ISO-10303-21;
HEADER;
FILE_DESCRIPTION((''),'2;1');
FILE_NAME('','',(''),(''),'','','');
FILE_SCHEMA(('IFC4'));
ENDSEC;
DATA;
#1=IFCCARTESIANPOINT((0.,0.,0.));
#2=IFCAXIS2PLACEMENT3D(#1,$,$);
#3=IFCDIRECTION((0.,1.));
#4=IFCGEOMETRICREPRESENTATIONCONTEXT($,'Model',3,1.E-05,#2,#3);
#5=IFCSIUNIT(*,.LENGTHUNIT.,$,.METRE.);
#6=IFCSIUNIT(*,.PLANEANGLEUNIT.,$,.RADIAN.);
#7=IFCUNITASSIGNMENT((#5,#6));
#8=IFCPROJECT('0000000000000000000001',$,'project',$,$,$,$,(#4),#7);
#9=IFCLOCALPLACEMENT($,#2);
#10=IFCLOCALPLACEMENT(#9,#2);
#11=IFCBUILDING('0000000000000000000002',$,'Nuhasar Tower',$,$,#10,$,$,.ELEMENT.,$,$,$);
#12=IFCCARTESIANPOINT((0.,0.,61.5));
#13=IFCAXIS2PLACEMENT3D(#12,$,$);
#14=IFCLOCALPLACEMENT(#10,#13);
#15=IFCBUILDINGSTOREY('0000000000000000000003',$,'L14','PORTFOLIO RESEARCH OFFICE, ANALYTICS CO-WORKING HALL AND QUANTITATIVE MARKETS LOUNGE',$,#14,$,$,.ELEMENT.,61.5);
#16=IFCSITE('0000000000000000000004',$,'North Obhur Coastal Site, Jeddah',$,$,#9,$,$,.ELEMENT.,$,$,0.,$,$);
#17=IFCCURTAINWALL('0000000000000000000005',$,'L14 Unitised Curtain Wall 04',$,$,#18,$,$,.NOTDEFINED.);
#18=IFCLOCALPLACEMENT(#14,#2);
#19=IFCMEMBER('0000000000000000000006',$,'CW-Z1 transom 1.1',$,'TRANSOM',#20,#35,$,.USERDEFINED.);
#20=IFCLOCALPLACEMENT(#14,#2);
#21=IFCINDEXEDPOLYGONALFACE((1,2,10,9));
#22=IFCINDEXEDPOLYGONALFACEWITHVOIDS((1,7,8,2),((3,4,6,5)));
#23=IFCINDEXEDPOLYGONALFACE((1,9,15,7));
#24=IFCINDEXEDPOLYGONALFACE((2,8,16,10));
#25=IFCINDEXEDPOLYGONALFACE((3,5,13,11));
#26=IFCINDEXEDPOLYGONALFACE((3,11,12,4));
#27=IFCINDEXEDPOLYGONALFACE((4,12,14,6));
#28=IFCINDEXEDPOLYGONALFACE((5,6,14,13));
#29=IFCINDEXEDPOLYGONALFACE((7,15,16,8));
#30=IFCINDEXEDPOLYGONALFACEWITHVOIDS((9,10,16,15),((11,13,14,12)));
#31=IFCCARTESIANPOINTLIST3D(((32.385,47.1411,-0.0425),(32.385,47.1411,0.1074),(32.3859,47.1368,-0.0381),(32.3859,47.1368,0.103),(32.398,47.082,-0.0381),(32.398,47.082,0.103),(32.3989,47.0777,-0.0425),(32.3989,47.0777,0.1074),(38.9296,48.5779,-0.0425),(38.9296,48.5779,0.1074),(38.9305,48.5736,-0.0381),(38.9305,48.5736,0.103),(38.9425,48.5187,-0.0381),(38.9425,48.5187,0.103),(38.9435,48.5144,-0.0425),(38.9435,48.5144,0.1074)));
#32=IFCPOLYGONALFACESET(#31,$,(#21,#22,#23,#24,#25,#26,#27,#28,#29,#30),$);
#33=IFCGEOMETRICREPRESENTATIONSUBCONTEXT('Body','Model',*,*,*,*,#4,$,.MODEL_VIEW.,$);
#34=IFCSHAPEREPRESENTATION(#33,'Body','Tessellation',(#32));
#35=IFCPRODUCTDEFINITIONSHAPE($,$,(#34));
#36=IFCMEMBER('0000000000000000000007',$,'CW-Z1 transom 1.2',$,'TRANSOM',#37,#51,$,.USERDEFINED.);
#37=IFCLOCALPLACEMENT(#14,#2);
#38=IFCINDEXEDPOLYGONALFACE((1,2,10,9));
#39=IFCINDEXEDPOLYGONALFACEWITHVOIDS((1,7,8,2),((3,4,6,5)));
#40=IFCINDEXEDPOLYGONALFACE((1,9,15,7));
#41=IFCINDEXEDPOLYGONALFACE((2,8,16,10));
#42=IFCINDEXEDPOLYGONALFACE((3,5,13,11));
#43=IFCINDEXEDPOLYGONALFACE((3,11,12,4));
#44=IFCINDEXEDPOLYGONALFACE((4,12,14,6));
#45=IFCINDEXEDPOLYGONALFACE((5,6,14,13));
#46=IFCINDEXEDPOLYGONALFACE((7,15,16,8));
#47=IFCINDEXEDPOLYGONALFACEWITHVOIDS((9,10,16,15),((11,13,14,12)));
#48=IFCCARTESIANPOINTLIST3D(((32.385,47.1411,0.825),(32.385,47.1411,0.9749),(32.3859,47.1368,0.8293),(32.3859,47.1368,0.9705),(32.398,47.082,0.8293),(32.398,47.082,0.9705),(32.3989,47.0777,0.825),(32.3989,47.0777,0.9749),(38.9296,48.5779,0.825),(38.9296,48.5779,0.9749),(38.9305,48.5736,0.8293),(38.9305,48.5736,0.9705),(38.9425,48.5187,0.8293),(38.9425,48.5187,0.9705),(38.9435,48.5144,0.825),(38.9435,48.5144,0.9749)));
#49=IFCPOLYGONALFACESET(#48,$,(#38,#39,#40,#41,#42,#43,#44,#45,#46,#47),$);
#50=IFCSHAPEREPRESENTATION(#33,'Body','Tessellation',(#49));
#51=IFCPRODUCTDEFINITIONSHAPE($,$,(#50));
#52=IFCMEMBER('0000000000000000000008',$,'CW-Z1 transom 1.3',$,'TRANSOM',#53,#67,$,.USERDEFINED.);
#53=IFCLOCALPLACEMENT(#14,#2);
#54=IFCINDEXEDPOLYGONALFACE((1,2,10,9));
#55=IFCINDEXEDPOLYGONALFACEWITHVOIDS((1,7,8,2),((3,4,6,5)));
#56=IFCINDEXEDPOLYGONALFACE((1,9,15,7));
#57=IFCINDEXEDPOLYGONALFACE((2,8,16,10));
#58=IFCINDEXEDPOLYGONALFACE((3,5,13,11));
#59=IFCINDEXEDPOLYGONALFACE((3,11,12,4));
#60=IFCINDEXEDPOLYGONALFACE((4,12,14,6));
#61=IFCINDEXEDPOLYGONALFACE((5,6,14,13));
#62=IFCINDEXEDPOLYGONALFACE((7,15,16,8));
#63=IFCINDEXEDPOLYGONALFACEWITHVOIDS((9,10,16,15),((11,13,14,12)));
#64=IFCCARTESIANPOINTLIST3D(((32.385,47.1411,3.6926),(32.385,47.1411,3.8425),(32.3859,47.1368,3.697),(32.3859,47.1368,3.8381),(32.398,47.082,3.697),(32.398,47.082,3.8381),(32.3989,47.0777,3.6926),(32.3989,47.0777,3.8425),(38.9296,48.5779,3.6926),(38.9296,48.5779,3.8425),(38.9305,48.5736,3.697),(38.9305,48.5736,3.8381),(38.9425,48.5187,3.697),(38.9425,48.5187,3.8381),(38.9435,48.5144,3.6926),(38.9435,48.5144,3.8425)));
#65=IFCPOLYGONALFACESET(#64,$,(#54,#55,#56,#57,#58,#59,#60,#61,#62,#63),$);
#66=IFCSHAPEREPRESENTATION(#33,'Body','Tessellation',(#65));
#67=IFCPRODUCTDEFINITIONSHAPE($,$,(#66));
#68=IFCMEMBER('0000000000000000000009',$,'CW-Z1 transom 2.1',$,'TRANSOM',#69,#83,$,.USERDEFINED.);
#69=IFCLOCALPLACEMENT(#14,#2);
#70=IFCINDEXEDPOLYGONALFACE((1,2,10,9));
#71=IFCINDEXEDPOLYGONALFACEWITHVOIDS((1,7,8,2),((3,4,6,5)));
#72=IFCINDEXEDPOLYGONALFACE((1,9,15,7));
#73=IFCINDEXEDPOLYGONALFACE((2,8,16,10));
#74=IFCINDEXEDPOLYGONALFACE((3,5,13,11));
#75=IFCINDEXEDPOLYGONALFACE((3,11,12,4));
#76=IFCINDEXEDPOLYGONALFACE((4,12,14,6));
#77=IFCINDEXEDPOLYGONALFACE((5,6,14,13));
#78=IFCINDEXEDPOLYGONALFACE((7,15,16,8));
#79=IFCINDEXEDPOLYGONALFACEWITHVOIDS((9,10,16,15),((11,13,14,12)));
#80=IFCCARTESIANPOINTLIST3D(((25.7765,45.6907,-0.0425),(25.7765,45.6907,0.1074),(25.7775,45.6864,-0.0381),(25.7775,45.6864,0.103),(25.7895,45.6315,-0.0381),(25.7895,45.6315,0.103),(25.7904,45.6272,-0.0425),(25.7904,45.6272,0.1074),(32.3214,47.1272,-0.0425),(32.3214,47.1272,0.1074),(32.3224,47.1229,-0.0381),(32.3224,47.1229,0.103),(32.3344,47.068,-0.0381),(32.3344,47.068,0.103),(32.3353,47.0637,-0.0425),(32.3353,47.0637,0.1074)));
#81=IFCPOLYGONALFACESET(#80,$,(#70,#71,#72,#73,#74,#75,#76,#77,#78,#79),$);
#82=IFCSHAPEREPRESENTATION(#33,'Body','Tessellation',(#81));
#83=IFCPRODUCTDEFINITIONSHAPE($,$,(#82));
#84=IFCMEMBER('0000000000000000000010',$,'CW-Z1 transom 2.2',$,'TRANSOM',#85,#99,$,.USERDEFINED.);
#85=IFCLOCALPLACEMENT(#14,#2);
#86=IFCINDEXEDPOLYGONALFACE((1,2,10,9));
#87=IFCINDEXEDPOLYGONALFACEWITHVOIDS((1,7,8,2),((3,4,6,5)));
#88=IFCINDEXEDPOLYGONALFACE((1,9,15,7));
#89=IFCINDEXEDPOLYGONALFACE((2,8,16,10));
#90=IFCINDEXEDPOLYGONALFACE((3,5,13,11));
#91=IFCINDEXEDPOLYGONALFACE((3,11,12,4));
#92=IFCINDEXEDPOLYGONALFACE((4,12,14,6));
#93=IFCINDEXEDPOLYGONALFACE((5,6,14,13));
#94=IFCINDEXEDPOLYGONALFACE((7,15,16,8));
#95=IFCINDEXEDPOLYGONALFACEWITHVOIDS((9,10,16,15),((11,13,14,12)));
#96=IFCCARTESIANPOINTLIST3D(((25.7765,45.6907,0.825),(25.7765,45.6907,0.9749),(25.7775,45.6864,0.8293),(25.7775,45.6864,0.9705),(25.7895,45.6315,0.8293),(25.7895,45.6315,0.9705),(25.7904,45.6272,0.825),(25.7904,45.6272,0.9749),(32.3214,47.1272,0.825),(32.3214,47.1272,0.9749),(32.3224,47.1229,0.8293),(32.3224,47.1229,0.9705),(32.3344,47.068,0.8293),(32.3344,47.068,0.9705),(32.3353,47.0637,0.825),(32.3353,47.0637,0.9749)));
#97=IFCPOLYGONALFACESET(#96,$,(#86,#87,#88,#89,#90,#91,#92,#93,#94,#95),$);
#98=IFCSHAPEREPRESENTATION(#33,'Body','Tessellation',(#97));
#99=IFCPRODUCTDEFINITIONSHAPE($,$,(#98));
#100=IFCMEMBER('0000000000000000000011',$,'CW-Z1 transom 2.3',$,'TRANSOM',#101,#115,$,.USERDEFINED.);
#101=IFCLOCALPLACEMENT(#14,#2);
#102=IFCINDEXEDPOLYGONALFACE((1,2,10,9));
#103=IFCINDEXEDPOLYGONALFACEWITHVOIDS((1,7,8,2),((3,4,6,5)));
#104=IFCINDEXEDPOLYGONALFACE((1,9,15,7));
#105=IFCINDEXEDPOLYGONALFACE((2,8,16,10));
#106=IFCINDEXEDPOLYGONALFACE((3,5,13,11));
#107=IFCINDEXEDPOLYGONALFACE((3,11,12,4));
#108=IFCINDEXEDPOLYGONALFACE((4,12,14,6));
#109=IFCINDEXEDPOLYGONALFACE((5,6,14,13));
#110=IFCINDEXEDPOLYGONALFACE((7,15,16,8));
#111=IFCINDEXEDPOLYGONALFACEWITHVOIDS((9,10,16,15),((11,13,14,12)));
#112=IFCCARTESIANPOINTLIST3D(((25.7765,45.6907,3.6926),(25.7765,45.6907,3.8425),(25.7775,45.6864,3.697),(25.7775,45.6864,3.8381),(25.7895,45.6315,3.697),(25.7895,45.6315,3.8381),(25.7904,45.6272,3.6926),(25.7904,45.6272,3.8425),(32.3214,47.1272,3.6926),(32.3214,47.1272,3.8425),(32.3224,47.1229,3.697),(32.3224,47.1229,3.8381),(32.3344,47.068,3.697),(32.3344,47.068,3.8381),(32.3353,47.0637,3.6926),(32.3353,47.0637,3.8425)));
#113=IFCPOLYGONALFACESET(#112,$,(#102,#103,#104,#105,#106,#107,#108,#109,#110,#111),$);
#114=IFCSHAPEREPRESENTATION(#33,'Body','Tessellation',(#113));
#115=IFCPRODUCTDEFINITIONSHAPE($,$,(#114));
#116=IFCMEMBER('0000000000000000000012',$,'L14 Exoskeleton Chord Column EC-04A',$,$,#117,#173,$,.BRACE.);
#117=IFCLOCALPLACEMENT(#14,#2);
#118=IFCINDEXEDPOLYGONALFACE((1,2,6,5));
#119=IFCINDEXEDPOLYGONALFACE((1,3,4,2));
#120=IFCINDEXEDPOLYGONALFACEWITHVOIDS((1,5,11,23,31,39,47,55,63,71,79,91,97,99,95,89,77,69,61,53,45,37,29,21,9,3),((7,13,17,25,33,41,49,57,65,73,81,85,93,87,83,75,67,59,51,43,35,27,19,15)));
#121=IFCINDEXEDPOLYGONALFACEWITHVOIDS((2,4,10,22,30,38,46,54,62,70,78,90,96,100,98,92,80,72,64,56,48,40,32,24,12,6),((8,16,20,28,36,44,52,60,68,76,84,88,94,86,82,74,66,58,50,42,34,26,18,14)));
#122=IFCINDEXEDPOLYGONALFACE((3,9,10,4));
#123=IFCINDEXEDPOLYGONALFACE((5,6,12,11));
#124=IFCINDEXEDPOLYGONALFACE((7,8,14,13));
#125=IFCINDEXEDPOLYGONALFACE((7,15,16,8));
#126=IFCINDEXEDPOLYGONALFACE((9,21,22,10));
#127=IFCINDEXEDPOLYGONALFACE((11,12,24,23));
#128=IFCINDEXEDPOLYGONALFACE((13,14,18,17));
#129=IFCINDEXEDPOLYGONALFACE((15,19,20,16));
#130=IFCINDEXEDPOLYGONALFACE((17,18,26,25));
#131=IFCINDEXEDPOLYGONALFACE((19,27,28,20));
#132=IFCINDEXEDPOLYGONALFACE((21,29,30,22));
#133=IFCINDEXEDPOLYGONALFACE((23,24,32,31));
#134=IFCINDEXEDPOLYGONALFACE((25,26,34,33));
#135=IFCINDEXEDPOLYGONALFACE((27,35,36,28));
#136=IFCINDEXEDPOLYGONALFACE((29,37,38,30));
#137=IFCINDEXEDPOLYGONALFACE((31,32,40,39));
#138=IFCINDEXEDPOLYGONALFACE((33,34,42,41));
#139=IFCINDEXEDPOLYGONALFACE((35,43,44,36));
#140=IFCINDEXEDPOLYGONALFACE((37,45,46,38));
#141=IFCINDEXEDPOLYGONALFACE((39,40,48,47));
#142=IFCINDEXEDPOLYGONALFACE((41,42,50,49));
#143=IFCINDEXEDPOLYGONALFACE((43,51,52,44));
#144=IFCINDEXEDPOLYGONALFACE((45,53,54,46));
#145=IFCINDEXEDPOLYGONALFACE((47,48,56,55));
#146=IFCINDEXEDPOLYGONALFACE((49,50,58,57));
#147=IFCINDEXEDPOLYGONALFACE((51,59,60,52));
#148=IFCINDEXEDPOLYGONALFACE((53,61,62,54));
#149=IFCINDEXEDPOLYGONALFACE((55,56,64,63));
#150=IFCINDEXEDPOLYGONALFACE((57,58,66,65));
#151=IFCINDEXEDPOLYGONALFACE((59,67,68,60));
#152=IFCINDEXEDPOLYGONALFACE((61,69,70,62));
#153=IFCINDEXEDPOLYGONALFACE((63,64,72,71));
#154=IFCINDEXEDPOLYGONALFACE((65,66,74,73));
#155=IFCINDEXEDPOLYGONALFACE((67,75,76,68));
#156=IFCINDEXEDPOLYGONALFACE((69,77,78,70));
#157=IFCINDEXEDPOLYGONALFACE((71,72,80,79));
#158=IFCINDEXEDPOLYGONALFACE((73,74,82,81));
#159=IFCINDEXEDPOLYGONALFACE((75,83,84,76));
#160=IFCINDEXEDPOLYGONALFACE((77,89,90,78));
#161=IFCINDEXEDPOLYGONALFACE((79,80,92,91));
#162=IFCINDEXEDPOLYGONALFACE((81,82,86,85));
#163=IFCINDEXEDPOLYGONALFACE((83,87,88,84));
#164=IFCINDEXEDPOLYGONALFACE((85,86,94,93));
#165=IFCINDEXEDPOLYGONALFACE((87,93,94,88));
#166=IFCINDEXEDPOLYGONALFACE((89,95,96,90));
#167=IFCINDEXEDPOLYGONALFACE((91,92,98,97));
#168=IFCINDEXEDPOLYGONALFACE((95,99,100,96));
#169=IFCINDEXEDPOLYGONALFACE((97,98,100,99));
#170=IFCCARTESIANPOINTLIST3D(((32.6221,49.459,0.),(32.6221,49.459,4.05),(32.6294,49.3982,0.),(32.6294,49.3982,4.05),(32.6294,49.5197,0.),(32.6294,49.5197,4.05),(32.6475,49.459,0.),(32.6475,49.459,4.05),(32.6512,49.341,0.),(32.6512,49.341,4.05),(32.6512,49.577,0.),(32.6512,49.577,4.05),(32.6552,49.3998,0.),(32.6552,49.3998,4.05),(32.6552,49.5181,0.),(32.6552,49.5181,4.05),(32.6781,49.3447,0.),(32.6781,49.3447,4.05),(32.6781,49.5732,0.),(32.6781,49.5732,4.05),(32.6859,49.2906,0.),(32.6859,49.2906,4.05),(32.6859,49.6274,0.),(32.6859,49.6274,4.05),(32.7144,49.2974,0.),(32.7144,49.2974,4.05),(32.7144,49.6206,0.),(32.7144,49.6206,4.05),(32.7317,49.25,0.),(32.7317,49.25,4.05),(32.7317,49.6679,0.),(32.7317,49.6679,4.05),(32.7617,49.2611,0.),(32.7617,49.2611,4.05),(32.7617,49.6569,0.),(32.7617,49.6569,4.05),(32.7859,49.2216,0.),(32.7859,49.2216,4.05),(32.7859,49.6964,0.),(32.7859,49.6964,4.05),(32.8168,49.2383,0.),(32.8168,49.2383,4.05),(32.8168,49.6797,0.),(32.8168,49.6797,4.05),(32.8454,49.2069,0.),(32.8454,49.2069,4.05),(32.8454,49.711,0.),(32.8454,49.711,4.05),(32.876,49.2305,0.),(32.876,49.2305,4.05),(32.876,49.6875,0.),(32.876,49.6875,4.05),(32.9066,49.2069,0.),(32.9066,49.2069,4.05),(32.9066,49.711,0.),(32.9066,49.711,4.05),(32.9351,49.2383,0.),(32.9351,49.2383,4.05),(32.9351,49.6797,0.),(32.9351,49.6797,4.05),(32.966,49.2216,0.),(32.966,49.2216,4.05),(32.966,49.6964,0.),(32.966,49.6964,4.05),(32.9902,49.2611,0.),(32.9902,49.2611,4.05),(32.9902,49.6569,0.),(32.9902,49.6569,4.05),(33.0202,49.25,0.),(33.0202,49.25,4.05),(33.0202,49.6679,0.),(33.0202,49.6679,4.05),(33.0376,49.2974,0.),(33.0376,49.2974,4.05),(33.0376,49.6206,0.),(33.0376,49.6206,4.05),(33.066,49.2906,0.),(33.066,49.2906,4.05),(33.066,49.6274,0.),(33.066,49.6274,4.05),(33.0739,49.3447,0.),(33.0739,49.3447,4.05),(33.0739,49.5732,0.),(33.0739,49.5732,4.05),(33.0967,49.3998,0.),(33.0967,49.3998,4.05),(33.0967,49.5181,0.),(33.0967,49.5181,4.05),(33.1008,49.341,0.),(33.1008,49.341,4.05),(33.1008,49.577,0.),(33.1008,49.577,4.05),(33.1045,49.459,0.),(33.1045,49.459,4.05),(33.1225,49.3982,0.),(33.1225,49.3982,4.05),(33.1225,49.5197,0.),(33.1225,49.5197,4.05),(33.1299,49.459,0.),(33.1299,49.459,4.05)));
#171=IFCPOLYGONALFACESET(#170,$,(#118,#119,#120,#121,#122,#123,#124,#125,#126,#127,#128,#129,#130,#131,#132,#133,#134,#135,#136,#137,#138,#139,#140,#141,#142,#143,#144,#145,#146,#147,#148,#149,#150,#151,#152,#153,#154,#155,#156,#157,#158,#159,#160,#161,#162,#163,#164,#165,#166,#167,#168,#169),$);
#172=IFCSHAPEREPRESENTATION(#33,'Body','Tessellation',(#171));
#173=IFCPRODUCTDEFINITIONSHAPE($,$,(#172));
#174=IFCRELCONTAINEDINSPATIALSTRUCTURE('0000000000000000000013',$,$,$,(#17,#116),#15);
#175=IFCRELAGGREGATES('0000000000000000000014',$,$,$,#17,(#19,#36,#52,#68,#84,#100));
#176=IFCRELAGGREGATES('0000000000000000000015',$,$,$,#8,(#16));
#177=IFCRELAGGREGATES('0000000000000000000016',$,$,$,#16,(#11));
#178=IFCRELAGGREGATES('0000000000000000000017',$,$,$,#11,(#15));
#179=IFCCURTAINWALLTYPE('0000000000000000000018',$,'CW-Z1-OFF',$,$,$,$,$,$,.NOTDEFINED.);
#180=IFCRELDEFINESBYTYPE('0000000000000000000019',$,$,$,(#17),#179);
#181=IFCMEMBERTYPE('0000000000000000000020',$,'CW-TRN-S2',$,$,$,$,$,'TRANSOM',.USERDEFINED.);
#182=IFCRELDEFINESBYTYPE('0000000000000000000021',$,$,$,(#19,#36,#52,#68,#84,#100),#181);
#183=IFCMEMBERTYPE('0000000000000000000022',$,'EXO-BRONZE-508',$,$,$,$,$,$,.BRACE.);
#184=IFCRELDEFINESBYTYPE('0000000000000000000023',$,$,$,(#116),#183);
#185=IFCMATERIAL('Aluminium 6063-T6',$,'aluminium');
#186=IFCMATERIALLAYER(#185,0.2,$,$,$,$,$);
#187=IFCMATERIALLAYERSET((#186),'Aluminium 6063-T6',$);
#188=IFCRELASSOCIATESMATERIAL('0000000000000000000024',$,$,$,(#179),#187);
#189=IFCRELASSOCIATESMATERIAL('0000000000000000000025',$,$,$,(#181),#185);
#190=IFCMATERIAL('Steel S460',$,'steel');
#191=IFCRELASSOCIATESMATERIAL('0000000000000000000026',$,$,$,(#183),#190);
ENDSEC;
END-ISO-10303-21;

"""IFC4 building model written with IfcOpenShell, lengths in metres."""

from ifc_helpers import new_model, si_unit, direction, frame, origin, origin_2d, place, context, subcontext, project, spatial, hollow_rectangle, hollow_circle, extrude, material, layer, layer_set, material_profile, profile_set, type_object, element, aggregate, save


model = new_model("IFC4")

# Units and contexts
model_context = context("Model", 3, precision=1e-05, world=origin(), true_north=direction((0.0, 1.0)))
body_context = subcontext(model_context, "Body", "Model", "MODEL_VIEW")
ifc_project = project(units=[si_unit("LENGTHUNIT", "METRE"), si_unit("PLANEANGLEUNIT", "RADIAN")], contexts=[model_context])

# Site, building, storey
site_placement = place(None, origin())
site = spatial("IfcSite", under=ifc_project, at=site_placement, Name="North Obhur Coastal Site, Jeddah", CompositionType="ELEMENT", RefElevation=0.0)
building_placement = place(site_placement, origin())
building = spatial("IfcBuilding", under=site, at=building_placement, Name="Nuhasar Tower", CompositionType="ELEMENT")
storey_placement = place(building_placement, frame((0.0, 0.0, 61.5)))
storey = spatial("IfcBuildingStorey", under=building, at=storey_placement, Name="L14", Description="PORTFOLIO RESEARCH OFFICE, ANALYTICS CO-WORKING HALL AND QUANTITATIVE MARKETS LOUNGE", CompositionType="ELEMENT", Elevation=61.5)

# Curtain wall, members
ifc_material_1 = material(Name="Aluminium 6063-T6", Category="aluminium")
ifc_layer_1 = layer(ifc_material_1, 0.2)
ifc_layer_set_1 = layer_set([ifc_layer_1], Name="Aluminium 6063-T6")
curtain_wall_type = type_object("IfcCurtainWallType", Name="CW-Z1-OFF", PredefinedType="NOTDEFINED", material=ifc_layer_set_1)
curtain_wall_placement = place(storey_placement, origin())
curtain_wall = element("IfcCurtainWall", 1, at=curtain_wall_placement, inside=storey, type_object=curtain_wall_type, Name="L14 Unitised Curtain Wall 04", PredefinedType="NOTDEFINED")
ifc_material_profile_1 = material_profile(ifc_material_1, hollow_rectangle(XDim=0.0649, YDim=0.1499, WallThickness=0.0044, at=origin_2d()), Name="CWT-2")
ifc_profile_set_1 = profile_set([ifc_material_profile_1], Name="Aluminium 6063-T6")
member_type_1 = type_object("IfcMemberType", Name="CW-TRN-S2", ElementType="TRANSOM", PredefinedType="USERDEFINED", material=ifc_profile_set_1)
member_1_placement = place(storey_placement, frame((38.9365, 48.5461, 0.0325), z_axis=(-0.97674, -0.214426, 0.0), x_axis=(0.214426, -0.97674, 0.0)))
member_1 = element("IfcMember", 2, at=member_1_placement, type_object=member_type_1, Name="CW-Z1 transom 1.1", ObjectType="TRANSOM", PredefinedType="USERDEFINED", context=body_context, shape_type="SweptSolid", body=[
    extrude(hollow_rectangle(XDim=0.0649, YDim=0.1499, WallThickness=0.0044, at=origin_2d()), origin(), (0.0, 0.0, 1.0), 6.7004),
])
member_2_placement = place(storey_placement, frame((38.9365, 48.5461, 0.8999), z_axis=(-0.97674, -0.214426, 0.0), x_axis=(0.214426, -0.97674, 0.0)))
member_2 = element("IfcMember", 3, at=member_2_placement, type_object=member_type_1, Name="CW-Z1 transom 1.2", ObjectType="TRANSOM", PredefinedType="USERDEFINED", context=body_context, shape_type="SweptSolid", body=[
    extrude(hollow_rectangle(XDim=0.0649, YDim=0.1499, WallThickness=0.0044, at=origin_2d()), origin(), (0.0, 0.0, 1.0), 6.7004),
])
member_3_placement = place(storey_placement, frame((38.9365, 48.5461, 3.7676), z_axis=(-0.97674, -0.214426, 0.0), x_axis=(0.214426, -0.97674, 0.0)))
member_3 = element("IfcMember", 4, at=member_3_placement, type_object=member_type_1, Name="CW-Z1 transom 1.3", ObjectType="TRANSOM", PredefinedType="USERDEFINED", context=body_context, shape_type="SweptSolid", body=[
    extrude(hollow_rectangle(XDim=0.0649, YDim=0.1499, WallThickness=0.0044, at=origin_2d()), origin(), (0.0, 0.0, 1.0), 6.7004),
])
member_4_placement = place(storey_placement, frame((32.3284, 47.0955, 0.0325), z_axis=(-0.97675, -0.214384, 0.0), x_axis=(0.214384, -0.97675, 0.0)))
member_4 = element("IfcMember", 5, at=member_4_placement, type_object=member_type_1, Name="CW-Z1 transom 2.1", ObjectType="TRANSOM", PredefinedType="USERDEFINED", context=body_context, shape_type="SweptSolid", body=[
    extrude(hollow_rectangle(XDim=0.0649, YDim=0.1499, WallThickness=0.0044, at=origin_2d()), origin(), (0.0, 0.0, 1.0), 6.7007),
])
member_5_placement = place(storey_placement, frame((32.3284, 47.0955, 0.8999), z_axis=(-0.97675, -0.214384, 0.0), x_axis=(0.214384, -0.97675, 0.0)))
member_5 = element("IfcMember", 6, at=member_5_placement, type_object=member_type_1, Name="CW-Z1 transom 2.2", ObjectType="TRANSOM", PredefinedType="USERDEFINED", context=body_context, shape_type="SweptSolid", body=[
    extrude(hollow_rectangle(XDim=0.0649, YDim=0.1499, WallThickness=0.0044, at=origin_2d()), origin(), (0.0, 0.0, 1.0), 6.7007),
])
member_6_placement = place(storey_placement, frame((32.3284, 47.0955, 3.7676), z_axis=(-0.97675, -0.214384, 0.0), x_axis=(0.214384, -0.97675, 0.0)))
member_6 = element("IfcMember", 7, at=member_6_placement, type_object=member_type_1, Name="CW-Z1 transom 2.3", ObjectType="TRANSOM", PredefinedType="USERDEFINED", context=body_context, shape_type="SweptSolid", body=[
    extrude(hollow_rectangle(XDim=0.0649, YDim=0.1499, WallThickness=0.0044, at=origin_2d()), origin(), (0.0, 0.0, 1.0), 6.7007),
])

# Member
ifc_material_2 = material(Name="Steel S460", Category="steel")
ifc_material_profile_2 = material_profile(ifc_material_2, hollow_circle(Radius=0.2539, WallThickness=0.0254, at=origin_2d()), Name="HSS508X25.4")
ifc_profile_set_2 = profile_set([ifc_material_profile_2], Name="Steel S460")
member_type_2 = type_object("IfcMemberType", Name="EXO-BRONZE-508", PredefinedType="BRACE", material=ifc_profile_set_2)
for number, where, z_axis, x_axis, name in (
    (8, (32.876, 49.459, 0.0), (0.0, 0.0, 1.0), (1.0, 0.0, 0.0), "L14 Exoskeleton Chord Column EC-04A"),
):
    element("IfcMember", number, at=place(storey_placement, frame(where, z_axis=z_axis, x_axis=x_axis)), inside=storey, type_object=member_type_2, Name=name, PredefinedType="BRACE", context=body_context, shape_type="SweptSolid", body=[
        extrude(hollow_circle(Radius=0.2539, WallThickness=0.0254, at=origin_2d()), origin(), (0.0, 0.0, 1.0), 4.05),
    ])

aggregate(curtain_wall, [member_1, member_2, member_3, member_4, member_5, member_6])

save(model, "model.ifc")
